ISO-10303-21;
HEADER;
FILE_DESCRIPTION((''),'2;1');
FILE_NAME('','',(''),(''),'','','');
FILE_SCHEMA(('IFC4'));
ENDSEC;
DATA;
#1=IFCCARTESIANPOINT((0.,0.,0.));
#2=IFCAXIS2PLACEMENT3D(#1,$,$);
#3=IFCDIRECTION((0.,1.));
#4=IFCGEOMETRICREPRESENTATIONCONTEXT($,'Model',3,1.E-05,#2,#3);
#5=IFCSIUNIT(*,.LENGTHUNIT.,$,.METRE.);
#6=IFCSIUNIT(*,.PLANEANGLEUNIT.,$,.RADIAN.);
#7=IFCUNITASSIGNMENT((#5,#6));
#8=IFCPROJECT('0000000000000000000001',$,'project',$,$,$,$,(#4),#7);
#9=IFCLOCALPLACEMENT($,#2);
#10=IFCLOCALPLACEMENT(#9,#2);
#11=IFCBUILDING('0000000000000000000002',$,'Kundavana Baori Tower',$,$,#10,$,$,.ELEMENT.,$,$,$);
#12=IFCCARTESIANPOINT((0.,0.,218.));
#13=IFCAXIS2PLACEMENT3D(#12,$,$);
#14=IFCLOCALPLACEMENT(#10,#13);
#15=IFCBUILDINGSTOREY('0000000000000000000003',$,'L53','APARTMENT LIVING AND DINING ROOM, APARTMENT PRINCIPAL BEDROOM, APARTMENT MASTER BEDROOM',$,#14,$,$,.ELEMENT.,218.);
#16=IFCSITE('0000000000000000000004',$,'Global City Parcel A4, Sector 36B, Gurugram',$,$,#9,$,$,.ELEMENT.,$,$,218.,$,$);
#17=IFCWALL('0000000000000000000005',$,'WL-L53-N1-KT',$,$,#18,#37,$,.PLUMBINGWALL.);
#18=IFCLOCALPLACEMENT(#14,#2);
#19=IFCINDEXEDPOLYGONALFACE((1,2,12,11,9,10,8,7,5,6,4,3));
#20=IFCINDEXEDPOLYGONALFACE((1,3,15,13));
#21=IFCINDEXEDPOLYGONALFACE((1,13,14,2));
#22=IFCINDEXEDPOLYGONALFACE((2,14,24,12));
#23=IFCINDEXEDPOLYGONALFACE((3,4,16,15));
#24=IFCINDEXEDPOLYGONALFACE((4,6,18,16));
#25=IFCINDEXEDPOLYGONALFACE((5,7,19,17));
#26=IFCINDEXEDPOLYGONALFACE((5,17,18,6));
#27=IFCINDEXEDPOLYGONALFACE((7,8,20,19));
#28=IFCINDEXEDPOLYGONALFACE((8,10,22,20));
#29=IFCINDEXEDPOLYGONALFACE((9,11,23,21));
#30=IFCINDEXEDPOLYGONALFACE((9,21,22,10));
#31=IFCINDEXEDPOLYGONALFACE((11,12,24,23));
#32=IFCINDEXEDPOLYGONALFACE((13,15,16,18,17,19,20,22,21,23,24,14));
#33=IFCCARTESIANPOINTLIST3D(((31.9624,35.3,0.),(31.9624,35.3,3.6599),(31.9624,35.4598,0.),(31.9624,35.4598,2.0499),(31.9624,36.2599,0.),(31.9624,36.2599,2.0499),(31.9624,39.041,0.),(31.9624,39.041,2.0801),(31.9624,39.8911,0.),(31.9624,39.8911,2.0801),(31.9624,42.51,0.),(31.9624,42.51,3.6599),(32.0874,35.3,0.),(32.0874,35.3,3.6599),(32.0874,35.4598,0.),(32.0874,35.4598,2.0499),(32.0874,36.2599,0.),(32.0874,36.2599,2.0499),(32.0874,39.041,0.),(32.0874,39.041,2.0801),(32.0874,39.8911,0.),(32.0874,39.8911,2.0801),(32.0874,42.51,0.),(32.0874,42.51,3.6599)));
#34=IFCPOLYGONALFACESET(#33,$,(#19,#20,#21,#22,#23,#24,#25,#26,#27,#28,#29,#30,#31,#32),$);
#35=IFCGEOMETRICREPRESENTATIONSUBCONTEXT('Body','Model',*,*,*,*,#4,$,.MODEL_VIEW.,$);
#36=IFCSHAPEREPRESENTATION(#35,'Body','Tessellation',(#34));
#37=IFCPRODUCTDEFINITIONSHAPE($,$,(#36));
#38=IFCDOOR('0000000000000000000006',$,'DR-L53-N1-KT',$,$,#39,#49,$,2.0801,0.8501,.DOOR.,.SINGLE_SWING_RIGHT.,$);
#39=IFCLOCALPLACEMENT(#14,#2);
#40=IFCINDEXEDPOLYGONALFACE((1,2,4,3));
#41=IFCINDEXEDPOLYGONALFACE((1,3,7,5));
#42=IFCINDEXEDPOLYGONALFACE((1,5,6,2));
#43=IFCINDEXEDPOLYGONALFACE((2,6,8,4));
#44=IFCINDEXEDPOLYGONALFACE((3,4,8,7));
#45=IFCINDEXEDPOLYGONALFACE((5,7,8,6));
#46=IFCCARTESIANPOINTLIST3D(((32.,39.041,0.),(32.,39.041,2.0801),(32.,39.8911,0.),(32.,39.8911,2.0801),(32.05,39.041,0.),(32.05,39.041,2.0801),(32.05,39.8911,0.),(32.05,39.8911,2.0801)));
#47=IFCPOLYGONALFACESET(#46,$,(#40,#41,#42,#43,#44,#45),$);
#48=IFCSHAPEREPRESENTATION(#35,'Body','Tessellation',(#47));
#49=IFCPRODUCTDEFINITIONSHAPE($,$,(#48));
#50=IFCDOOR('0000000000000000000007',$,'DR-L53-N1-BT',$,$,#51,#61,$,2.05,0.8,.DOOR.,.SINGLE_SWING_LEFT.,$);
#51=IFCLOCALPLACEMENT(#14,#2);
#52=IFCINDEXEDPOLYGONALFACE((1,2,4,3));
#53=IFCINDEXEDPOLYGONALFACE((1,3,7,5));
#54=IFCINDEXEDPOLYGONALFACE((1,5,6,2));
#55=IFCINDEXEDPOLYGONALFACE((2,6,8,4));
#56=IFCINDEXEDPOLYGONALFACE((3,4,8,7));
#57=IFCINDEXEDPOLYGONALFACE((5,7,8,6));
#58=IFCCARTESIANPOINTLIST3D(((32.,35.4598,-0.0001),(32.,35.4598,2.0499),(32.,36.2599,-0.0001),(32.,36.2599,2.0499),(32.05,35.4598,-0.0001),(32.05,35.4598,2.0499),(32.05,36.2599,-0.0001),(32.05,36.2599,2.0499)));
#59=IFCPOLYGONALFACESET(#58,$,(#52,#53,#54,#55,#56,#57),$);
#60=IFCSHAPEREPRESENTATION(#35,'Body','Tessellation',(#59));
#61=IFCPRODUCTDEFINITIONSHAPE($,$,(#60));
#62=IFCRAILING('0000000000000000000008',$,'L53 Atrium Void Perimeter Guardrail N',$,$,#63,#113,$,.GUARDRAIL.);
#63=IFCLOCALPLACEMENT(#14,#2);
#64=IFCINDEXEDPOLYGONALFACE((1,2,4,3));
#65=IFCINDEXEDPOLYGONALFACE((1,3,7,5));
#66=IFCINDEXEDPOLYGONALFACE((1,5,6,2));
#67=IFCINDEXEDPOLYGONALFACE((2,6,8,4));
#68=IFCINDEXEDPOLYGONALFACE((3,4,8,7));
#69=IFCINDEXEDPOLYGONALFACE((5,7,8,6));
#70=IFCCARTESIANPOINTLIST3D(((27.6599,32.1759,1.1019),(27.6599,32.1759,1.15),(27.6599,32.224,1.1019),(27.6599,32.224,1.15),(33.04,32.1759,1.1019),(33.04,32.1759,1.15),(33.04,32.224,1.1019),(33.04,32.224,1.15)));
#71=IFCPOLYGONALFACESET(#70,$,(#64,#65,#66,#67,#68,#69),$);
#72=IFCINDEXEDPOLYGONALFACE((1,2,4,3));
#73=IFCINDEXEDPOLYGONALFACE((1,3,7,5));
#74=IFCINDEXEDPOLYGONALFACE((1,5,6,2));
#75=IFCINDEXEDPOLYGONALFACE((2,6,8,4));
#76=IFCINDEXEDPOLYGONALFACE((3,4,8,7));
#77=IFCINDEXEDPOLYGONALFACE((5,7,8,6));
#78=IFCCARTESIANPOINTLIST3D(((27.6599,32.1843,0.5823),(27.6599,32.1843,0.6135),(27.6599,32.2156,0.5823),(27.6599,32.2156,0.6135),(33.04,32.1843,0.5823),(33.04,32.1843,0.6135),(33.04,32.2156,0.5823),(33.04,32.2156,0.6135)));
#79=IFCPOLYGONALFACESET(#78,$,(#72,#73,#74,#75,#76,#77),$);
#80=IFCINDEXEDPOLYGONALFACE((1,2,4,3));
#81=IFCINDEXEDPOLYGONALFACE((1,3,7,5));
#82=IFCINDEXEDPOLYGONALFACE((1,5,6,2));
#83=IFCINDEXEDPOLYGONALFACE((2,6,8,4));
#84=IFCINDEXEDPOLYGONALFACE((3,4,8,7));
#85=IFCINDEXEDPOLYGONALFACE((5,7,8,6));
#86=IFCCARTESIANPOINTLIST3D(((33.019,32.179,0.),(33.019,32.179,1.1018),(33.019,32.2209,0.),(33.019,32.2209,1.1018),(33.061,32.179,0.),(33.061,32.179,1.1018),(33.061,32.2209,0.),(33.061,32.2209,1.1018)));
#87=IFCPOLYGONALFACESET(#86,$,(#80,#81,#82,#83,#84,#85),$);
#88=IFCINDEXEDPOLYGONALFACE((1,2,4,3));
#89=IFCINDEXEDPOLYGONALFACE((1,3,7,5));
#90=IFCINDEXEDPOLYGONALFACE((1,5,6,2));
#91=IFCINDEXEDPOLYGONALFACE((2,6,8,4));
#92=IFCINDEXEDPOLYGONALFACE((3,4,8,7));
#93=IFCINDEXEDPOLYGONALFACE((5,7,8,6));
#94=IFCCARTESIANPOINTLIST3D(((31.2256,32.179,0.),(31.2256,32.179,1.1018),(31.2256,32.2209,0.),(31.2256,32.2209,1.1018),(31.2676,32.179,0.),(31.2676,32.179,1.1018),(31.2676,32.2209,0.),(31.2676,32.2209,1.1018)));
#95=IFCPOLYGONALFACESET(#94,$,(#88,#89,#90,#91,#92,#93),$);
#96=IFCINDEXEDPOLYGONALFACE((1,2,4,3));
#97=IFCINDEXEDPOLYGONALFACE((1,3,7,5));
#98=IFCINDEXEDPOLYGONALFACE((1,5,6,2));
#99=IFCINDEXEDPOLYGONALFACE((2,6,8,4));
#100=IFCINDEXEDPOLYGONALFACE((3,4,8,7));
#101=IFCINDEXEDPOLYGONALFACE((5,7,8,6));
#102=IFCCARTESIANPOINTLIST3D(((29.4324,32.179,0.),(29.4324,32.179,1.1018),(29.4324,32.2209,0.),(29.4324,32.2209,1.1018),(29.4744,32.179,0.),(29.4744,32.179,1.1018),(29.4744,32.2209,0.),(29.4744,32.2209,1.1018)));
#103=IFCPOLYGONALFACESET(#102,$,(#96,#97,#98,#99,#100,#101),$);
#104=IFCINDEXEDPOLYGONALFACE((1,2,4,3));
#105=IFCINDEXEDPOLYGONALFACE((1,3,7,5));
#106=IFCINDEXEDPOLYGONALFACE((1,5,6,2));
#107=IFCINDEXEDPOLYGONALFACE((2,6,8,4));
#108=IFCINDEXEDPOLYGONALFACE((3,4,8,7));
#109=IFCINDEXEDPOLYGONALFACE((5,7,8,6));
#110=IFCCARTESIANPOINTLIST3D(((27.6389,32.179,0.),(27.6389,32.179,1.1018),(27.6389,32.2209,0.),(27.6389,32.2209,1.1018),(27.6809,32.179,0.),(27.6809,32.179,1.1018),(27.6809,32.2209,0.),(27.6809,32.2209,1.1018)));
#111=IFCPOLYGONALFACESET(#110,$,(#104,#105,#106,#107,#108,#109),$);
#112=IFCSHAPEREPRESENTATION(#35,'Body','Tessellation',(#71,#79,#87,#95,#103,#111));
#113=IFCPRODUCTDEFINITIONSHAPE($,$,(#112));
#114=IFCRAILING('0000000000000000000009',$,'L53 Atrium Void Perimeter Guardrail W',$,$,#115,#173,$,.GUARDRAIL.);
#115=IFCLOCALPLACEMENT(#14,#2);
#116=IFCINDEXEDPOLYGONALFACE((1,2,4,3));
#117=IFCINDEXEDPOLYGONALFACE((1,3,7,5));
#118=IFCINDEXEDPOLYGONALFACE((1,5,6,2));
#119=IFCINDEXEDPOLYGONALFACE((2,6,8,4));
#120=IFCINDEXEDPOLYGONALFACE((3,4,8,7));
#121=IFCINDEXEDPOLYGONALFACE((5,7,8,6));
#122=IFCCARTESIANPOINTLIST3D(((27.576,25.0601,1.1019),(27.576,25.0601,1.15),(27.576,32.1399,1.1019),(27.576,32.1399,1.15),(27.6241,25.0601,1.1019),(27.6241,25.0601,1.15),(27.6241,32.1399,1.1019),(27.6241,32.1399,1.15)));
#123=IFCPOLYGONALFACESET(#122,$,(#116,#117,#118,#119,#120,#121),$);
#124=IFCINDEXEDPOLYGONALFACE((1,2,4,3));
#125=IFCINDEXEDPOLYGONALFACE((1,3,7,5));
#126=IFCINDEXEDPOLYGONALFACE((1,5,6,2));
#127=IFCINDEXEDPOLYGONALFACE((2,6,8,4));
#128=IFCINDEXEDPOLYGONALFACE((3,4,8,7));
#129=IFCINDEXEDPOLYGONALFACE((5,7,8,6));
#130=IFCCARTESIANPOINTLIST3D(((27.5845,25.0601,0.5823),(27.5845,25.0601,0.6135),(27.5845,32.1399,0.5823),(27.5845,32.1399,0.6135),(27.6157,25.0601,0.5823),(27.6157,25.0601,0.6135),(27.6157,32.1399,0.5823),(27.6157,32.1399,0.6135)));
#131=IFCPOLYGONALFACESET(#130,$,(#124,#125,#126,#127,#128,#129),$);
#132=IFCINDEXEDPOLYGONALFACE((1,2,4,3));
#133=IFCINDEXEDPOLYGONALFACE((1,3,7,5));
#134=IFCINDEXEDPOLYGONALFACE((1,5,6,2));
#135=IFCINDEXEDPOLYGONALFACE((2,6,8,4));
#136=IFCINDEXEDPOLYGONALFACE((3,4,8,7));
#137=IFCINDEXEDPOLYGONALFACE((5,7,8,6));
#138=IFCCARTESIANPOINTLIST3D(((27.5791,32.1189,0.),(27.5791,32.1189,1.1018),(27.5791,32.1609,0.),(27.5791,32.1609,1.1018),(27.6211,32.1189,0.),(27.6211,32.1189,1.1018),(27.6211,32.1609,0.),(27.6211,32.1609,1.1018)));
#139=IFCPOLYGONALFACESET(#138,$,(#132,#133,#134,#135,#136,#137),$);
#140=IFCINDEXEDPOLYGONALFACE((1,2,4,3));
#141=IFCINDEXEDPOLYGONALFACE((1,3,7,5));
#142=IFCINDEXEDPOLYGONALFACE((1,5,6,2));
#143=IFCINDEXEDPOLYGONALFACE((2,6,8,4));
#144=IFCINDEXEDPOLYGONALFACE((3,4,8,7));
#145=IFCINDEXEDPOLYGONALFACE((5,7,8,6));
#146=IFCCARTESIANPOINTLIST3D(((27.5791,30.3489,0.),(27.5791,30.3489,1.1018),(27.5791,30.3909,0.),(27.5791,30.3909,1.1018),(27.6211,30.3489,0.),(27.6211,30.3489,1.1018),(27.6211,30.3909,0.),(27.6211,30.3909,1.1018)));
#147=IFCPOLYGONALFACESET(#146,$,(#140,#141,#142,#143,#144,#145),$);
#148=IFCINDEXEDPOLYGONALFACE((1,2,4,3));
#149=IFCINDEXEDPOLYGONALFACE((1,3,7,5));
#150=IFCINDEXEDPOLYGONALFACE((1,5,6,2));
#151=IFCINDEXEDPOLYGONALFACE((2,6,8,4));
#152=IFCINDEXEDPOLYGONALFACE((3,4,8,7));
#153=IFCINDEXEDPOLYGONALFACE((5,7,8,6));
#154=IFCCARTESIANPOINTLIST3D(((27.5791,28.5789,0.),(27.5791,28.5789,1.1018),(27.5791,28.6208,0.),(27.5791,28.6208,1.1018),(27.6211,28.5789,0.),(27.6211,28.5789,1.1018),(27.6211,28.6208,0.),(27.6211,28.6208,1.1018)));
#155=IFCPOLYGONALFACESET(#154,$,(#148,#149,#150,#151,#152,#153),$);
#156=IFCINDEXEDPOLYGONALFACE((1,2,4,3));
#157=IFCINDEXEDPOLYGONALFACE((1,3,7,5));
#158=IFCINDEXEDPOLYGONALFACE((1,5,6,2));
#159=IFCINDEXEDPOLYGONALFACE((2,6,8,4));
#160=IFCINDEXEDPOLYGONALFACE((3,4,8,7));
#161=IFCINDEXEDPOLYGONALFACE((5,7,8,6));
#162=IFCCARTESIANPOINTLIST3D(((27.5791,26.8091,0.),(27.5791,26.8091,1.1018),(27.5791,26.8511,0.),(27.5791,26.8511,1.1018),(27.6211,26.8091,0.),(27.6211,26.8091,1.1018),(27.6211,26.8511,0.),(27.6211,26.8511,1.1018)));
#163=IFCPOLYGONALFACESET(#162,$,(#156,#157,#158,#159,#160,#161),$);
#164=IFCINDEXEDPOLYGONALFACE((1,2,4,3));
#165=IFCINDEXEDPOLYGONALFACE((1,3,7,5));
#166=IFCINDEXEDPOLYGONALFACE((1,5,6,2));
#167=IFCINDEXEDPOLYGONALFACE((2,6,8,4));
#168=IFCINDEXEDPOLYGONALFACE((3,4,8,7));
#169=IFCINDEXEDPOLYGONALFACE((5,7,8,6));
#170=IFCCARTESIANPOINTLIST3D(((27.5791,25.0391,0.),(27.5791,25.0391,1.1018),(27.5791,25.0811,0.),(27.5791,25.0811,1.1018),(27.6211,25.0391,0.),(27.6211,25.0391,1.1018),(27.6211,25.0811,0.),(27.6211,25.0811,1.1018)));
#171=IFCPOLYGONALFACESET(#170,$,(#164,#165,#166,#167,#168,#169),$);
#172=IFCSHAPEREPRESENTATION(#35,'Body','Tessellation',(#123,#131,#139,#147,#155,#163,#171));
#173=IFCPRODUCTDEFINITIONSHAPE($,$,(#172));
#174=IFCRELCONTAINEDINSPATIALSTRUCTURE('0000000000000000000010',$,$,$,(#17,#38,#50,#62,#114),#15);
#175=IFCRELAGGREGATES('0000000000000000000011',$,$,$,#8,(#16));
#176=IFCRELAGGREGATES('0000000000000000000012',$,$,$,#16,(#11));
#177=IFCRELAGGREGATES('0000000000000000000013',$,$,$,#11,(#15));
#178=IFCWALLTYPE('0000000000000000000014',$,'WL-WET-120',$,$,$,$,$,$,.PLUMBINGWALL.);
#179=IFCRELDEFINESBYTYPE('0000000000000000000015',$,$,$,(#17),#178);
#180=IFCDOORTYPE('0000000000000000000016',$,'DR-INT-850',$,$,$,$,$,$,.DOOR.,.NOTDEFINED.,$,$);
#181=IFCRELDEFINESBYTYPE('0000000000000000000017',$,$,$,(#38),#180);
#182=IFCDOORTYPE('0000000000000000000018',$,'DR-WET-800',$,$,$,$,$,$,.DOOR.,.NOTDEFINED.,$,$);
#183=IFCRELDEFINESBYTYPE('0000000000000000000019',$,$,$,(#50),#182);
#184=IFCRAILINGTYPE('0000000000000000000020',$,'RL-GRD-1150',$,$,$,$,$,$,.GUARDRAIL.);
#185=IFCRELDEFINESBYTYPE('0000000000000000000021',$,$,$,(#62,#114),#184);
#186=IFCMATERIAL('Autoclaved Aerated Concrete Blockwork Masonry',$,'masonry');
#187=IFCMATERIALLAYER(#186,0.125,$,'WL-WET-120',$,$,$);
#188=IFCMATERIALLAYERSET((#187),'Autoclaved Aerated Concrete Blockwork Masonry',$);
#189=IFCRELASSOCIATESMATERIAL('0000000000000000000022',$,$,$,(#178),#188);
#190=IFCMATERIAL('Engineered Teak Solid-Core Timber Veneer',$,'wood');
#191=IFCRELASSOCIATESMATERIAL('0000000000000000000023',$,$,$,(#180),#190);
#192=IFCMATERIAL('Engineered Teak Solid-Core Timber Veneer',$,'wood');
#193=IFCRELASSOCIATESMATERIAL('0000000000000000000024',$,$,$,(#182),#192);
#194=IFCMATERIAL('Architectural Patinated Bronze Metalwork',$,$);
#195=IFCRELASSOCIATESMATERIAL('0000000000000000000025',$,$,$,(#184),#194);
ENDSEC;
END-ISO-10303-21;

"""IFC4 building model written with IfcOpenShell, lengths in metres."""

from ifc_helpers import new_model, si_unit, direction, frame, frame_2d, origin, origin_2d, place, context, subcontext, project, spatial, rectangle, extrude, material, layer, layer_set, type_object, element, fill, save


model = new_model("IFC4")

# Units and contexts
model_context = context("Model", 3, precision=1e-05, world=origin(), true_north=direction((0.0, 1.0)))
body_context = subcontext(model_context, "Body", "Model", "MODEL_VIEW")
ifc_project = project(units=[si_unit("LENGTHUNIT", "METRE"), si_unit("PLANEANGLEUNIT", "RADIAN")], contexts=[model_context])

# Site, building, storey
site_placement = place(None, origin())
site = spatial("IfcSite", under=ifc_project, at=site_placement, Name="Global City Parcel A4, Sector 36B, Gurugram", CompositionType="ELEMENT", RefElevation=218.0)
building_placement = place(site_placement, origin())
building = spatial("IfcBuilding", under=site, at=building_placement, Name="Kundavana Baori Tower", CompositionType="ELEMENT")
storey_placement = place(building_placement, frame((0.0, 0.0, 218.0)))
storey = spatial("IfcBuildingStorey", under=building, at=storey_placement, Name="L53", Description="APARTMENT LIVING AND DINING ROOM, APARTMENT PRINCIPAL BEDROOM, APARTMENT MASTER BEDROOM", CompositionType="ELEMENT", Elevation=218.0)

# Wall, openings, doors
ifc_material_1 = material(Name="Autoclaved Aerated Concrete Blockwork Masonry", Category="masonry")
ifc_layer_1 = layer(ifc_material_1, 0.125, Name="WL-WET-120")
ifc_layer_set_1 = layer_set([ifc_layer_1], Name="Autoclaved Aerated Concrete Blockwork Masonry")
wall_type_1 = type_object("IfcWallType", Name="WL-WET-120", PredefinedType="PLUMBINGWALL", material=ifc_layer_set_1)
wall_1_placement = place(storey_placement, frame((32.0249, 35.3, 0.0), z_axis=(0.0, 0.0, 1.0), x_axis=(0.0, 1.0, 0.0)))
wall_1 = element("IfcWall", 1, at=wall_1_placement, inside=storey, type_object=wall_type_1, Name="WL-L53-N1-KT", PredefinedType="PLUMBINGWALL", context=body_context, shape_type="SweptSolid", body=[
    extrude(rectangle(XDim=7.21, YDim=0.125, at=frame_2d((3.605, 0.0))), origin(), (0.0, 0.0, 1.0), 3.6599),
])
opening_1_placement = place(wall_1_placement, frame((0.1599, 0.0, 0.0)))
opening_1 = element("IfcOpeningElement", 2, at=opening_1_placement, cuts=wall_1, PredefinedType="OPENING", context=body_context, shape_type="SweptSolid", body=[
    extrude(rectangle(XDim=0.8, YDim=2.05, at=frame_2d((0.3999, 1.0249))), frame((0.0, 0.0725, 0.0), z_axis=(0.0, -1.0, 0.0), x_axis=(1.0, 0.0, 0.0)), (0.0, 0.0, 1.0), 0.145),
])
opening_2_placement = place(wall_1_placement, frame((3.741, 0.0, 0.0)))
opening_2 = element("IfcOpeningElement", 3, at=opening_2_placement, cuts=wall_1, PredefinedType="OPENING", context=body_context, shape_type="SweptSolid", body=[
    extrude(rectangle(XDim=0.8501, YDim=2.0801, at=frame_2d((0.425, 1.04))), frame((0.0, 0.0725, 0.0), z_axis=(0.0, -1.0, 0.0), x_axis=(1.0, 0.0, 0.0)), (0.0, 0.0, 1.0), 0.145),
])
ifc_material_2 = material(Name="Engineered Teak Solid-Core Timber Veneer", Category="wood")
door_type_1 = type_object("IfcDoorType", Name="DR-INT-850", OperationType="NOTDEFINED", PredefinedType="DOOR", material=ifc_material_2)
door_1_placement = place(opening_2_placement, origin())
door_1 = element("IfcDoor", 4, at=door_1_placement, inside=storey, type_object=door_type_1, Name="DR-L53-N1-KT", OperationType="SINGLE_SWING_RIGHT", OverallHeight=2.0801, OverallWidth=0.8501, PredefinedType="DOOR", context=body_context, shape_type="SweptSolid", body=[
    extrude(rectangle(XDim=0.8501, YDim=2.0801, at=frame_2d((0.425, 1.04))), frame((0.0, 0.0249, 0.0), z_axis=(0.0, -1.0, 0.0), x_axis=(1.0, 0.0, 0.0)), (0.0, 0.0, 1.0), 0.05),
])
fill(opening_2, door_1)
ifc_material_3 = material(Name="Engineered Teak Solid-Core Timber Veneer", Category="wood")
door_type_2 = type_object("IfcDoorType", Name="DR-WET-800", OperationType="NOTDEFINED", PredefinedType="DOOR", material=ifc_material_3)
door_2_placement = place(opening_1_placement, origin())
door_2 = element("IfcDoor", 5, at=door_2_placement, inside=storey, type_object=door_type_2, Name="DR-L53-N1-BT", OperationType="SINGLE_SWING_LEFT", OverallHeight=2.05, OverallWidth=0.8, PredefinedType="DOOR", context=body_context, shape_type="SweptSolid", body=[
    extrude(rectangle(XDim=0.8, YDim=2.05, at=frame_2d((0.3999, 1.0249))), frame((0.0, 0.0249, 0.0), z_axis=(0.0, -1.0, 0.0), x_axis=(1.0, 0.0, 0.0)), (0.0, 0.0, 1.0), 0.05),
])
fill(opening_1, door_2)

# Railings
ifc_material_4 = material(Name="Architectural Patinated Bronze Metalwork")
railing_type_1 = type_object("IfcRailingType", Name="RL-GRD-1150", PredefinedType="GUARDRAIL", material=ifc_material_4)
railing_1_placement = place(storey_placement, frame((33.04, 32.2, 0.0)))
element("IfcRailing", 6, at=railing_1_placement, inside=storey, type_object=railing_type_1, Name="L53 Atrium Void Perimeter Guardrail N", PredefinedType="GUARDRAIL", context=body_context, shape_type="SweptSolid", body=[
    extrude(rectangle(XDim=0.0481, YDim=0.0481, at=origin_2d()), frame((0.0, 0.0, 1.126), z_axis=(-1.0, 0.0, 0.0), x_axis=(0.0, -1.0, 0.0)), (0.0, 0.0, 1.0), 5.3801),
    extrude(rectangle(XDim=0.0312, YDim=0.0312, at=origin_2d()), frame((0.0, 0.0, 0.5979), z_axis=(-1.0, 0.0, 0.0), x_axis=(0.0, -1.0, 0.0)), (0.0, 0.0, 1.0), 5.3801),
    extrude(rectangle(XDim=0.042, YDim=0.042, at=origin_2d()), origin(), (0.0, 0.0, 1.0), 1.1018),
    extrude(rectangle(XDim=0.042, YDim=0.042, at=origin_2d()), frame((-1.7935, 0.0, 0.0)), (0.0, 0.0, 1.0), 1.1018),
    extrude(rectangle(XDim=0.042, YDim=0.042, at=origin_2d()), frame((-3.5867, 0.0, 0.0)), (0.0, 0.0, 1.0), 1.1018),
    extrude(rectangle(XDim=0.042, YDim=0.042, at=origin_2d()), frame((-5.3801, 0.0, 0.0)), (0.0, 0.0, 1.0), 1.1018),
])
railing_2_placement = place(storey_placement, frame((27.6001, 32.1399, 0.0)))
element("IfcRailing", 7, at=railing_2_placement, inside=storey, type_object=railing_type_1, Name="L53 Atrium Void Perimeter Guardrail W", PredefinedType="GUARDRAIL", context=body_context, shape_type="SweptSolid", body=[
    extrude(rectangle(XDim=0.0481, YDim=0.0481, at=origin_2d()), frame((0.0, 0.0, 1.126), z_axis=(0.0, -1.0, 0.0), x_axis=(1.0, 0.0, 0.0)), (0.0, 0.0, 1.0), 7.0798),
    extrude(rectangle(XDim=0.0312, YDim=0.0312, at=origin_2d()), frame((0.0, 0.0, 0.5979), z_axis=(0.0, -1.0, 0.0), x_axis=(1.0, 0.0, 0.0)), (0.0, 0.0, 1.0), 7.0798),
    extrude(rectangle(XDim=0.042, YDim=0.042, at=origin_2d()), origin(), (0.0, 0.0, 1.0), 1.1018),
    extrude(rectangle(XDim=0.042, YDim=0.042, at=origin_2d()), frame((0.0, -1.77, 0.0)), (0.0, 0.0, 1.0), 1.1018),
    extrude(rectangle(XDim=0.042, YDim=0.042, at=origin_2d()), frame((0.0, -3.54, 0.0)), (0.0, 0.0, 1.0), 1.1018),
    extrude(rectangle(XDim=0.042, YDim=0.042, at=origin_2d()), frame((0.0, -5.3098, 0.0)), (0.0, 0.0, 1.0), 1.1018),
    extrude(rectangle(XDim=0.042, YDim=0.042, at=origin_2d()), frame((0.0, -7.0798, 0.0)), (0.0, 0.0, 1.0), 1.1018),
])

save(model, "model.ifc")
